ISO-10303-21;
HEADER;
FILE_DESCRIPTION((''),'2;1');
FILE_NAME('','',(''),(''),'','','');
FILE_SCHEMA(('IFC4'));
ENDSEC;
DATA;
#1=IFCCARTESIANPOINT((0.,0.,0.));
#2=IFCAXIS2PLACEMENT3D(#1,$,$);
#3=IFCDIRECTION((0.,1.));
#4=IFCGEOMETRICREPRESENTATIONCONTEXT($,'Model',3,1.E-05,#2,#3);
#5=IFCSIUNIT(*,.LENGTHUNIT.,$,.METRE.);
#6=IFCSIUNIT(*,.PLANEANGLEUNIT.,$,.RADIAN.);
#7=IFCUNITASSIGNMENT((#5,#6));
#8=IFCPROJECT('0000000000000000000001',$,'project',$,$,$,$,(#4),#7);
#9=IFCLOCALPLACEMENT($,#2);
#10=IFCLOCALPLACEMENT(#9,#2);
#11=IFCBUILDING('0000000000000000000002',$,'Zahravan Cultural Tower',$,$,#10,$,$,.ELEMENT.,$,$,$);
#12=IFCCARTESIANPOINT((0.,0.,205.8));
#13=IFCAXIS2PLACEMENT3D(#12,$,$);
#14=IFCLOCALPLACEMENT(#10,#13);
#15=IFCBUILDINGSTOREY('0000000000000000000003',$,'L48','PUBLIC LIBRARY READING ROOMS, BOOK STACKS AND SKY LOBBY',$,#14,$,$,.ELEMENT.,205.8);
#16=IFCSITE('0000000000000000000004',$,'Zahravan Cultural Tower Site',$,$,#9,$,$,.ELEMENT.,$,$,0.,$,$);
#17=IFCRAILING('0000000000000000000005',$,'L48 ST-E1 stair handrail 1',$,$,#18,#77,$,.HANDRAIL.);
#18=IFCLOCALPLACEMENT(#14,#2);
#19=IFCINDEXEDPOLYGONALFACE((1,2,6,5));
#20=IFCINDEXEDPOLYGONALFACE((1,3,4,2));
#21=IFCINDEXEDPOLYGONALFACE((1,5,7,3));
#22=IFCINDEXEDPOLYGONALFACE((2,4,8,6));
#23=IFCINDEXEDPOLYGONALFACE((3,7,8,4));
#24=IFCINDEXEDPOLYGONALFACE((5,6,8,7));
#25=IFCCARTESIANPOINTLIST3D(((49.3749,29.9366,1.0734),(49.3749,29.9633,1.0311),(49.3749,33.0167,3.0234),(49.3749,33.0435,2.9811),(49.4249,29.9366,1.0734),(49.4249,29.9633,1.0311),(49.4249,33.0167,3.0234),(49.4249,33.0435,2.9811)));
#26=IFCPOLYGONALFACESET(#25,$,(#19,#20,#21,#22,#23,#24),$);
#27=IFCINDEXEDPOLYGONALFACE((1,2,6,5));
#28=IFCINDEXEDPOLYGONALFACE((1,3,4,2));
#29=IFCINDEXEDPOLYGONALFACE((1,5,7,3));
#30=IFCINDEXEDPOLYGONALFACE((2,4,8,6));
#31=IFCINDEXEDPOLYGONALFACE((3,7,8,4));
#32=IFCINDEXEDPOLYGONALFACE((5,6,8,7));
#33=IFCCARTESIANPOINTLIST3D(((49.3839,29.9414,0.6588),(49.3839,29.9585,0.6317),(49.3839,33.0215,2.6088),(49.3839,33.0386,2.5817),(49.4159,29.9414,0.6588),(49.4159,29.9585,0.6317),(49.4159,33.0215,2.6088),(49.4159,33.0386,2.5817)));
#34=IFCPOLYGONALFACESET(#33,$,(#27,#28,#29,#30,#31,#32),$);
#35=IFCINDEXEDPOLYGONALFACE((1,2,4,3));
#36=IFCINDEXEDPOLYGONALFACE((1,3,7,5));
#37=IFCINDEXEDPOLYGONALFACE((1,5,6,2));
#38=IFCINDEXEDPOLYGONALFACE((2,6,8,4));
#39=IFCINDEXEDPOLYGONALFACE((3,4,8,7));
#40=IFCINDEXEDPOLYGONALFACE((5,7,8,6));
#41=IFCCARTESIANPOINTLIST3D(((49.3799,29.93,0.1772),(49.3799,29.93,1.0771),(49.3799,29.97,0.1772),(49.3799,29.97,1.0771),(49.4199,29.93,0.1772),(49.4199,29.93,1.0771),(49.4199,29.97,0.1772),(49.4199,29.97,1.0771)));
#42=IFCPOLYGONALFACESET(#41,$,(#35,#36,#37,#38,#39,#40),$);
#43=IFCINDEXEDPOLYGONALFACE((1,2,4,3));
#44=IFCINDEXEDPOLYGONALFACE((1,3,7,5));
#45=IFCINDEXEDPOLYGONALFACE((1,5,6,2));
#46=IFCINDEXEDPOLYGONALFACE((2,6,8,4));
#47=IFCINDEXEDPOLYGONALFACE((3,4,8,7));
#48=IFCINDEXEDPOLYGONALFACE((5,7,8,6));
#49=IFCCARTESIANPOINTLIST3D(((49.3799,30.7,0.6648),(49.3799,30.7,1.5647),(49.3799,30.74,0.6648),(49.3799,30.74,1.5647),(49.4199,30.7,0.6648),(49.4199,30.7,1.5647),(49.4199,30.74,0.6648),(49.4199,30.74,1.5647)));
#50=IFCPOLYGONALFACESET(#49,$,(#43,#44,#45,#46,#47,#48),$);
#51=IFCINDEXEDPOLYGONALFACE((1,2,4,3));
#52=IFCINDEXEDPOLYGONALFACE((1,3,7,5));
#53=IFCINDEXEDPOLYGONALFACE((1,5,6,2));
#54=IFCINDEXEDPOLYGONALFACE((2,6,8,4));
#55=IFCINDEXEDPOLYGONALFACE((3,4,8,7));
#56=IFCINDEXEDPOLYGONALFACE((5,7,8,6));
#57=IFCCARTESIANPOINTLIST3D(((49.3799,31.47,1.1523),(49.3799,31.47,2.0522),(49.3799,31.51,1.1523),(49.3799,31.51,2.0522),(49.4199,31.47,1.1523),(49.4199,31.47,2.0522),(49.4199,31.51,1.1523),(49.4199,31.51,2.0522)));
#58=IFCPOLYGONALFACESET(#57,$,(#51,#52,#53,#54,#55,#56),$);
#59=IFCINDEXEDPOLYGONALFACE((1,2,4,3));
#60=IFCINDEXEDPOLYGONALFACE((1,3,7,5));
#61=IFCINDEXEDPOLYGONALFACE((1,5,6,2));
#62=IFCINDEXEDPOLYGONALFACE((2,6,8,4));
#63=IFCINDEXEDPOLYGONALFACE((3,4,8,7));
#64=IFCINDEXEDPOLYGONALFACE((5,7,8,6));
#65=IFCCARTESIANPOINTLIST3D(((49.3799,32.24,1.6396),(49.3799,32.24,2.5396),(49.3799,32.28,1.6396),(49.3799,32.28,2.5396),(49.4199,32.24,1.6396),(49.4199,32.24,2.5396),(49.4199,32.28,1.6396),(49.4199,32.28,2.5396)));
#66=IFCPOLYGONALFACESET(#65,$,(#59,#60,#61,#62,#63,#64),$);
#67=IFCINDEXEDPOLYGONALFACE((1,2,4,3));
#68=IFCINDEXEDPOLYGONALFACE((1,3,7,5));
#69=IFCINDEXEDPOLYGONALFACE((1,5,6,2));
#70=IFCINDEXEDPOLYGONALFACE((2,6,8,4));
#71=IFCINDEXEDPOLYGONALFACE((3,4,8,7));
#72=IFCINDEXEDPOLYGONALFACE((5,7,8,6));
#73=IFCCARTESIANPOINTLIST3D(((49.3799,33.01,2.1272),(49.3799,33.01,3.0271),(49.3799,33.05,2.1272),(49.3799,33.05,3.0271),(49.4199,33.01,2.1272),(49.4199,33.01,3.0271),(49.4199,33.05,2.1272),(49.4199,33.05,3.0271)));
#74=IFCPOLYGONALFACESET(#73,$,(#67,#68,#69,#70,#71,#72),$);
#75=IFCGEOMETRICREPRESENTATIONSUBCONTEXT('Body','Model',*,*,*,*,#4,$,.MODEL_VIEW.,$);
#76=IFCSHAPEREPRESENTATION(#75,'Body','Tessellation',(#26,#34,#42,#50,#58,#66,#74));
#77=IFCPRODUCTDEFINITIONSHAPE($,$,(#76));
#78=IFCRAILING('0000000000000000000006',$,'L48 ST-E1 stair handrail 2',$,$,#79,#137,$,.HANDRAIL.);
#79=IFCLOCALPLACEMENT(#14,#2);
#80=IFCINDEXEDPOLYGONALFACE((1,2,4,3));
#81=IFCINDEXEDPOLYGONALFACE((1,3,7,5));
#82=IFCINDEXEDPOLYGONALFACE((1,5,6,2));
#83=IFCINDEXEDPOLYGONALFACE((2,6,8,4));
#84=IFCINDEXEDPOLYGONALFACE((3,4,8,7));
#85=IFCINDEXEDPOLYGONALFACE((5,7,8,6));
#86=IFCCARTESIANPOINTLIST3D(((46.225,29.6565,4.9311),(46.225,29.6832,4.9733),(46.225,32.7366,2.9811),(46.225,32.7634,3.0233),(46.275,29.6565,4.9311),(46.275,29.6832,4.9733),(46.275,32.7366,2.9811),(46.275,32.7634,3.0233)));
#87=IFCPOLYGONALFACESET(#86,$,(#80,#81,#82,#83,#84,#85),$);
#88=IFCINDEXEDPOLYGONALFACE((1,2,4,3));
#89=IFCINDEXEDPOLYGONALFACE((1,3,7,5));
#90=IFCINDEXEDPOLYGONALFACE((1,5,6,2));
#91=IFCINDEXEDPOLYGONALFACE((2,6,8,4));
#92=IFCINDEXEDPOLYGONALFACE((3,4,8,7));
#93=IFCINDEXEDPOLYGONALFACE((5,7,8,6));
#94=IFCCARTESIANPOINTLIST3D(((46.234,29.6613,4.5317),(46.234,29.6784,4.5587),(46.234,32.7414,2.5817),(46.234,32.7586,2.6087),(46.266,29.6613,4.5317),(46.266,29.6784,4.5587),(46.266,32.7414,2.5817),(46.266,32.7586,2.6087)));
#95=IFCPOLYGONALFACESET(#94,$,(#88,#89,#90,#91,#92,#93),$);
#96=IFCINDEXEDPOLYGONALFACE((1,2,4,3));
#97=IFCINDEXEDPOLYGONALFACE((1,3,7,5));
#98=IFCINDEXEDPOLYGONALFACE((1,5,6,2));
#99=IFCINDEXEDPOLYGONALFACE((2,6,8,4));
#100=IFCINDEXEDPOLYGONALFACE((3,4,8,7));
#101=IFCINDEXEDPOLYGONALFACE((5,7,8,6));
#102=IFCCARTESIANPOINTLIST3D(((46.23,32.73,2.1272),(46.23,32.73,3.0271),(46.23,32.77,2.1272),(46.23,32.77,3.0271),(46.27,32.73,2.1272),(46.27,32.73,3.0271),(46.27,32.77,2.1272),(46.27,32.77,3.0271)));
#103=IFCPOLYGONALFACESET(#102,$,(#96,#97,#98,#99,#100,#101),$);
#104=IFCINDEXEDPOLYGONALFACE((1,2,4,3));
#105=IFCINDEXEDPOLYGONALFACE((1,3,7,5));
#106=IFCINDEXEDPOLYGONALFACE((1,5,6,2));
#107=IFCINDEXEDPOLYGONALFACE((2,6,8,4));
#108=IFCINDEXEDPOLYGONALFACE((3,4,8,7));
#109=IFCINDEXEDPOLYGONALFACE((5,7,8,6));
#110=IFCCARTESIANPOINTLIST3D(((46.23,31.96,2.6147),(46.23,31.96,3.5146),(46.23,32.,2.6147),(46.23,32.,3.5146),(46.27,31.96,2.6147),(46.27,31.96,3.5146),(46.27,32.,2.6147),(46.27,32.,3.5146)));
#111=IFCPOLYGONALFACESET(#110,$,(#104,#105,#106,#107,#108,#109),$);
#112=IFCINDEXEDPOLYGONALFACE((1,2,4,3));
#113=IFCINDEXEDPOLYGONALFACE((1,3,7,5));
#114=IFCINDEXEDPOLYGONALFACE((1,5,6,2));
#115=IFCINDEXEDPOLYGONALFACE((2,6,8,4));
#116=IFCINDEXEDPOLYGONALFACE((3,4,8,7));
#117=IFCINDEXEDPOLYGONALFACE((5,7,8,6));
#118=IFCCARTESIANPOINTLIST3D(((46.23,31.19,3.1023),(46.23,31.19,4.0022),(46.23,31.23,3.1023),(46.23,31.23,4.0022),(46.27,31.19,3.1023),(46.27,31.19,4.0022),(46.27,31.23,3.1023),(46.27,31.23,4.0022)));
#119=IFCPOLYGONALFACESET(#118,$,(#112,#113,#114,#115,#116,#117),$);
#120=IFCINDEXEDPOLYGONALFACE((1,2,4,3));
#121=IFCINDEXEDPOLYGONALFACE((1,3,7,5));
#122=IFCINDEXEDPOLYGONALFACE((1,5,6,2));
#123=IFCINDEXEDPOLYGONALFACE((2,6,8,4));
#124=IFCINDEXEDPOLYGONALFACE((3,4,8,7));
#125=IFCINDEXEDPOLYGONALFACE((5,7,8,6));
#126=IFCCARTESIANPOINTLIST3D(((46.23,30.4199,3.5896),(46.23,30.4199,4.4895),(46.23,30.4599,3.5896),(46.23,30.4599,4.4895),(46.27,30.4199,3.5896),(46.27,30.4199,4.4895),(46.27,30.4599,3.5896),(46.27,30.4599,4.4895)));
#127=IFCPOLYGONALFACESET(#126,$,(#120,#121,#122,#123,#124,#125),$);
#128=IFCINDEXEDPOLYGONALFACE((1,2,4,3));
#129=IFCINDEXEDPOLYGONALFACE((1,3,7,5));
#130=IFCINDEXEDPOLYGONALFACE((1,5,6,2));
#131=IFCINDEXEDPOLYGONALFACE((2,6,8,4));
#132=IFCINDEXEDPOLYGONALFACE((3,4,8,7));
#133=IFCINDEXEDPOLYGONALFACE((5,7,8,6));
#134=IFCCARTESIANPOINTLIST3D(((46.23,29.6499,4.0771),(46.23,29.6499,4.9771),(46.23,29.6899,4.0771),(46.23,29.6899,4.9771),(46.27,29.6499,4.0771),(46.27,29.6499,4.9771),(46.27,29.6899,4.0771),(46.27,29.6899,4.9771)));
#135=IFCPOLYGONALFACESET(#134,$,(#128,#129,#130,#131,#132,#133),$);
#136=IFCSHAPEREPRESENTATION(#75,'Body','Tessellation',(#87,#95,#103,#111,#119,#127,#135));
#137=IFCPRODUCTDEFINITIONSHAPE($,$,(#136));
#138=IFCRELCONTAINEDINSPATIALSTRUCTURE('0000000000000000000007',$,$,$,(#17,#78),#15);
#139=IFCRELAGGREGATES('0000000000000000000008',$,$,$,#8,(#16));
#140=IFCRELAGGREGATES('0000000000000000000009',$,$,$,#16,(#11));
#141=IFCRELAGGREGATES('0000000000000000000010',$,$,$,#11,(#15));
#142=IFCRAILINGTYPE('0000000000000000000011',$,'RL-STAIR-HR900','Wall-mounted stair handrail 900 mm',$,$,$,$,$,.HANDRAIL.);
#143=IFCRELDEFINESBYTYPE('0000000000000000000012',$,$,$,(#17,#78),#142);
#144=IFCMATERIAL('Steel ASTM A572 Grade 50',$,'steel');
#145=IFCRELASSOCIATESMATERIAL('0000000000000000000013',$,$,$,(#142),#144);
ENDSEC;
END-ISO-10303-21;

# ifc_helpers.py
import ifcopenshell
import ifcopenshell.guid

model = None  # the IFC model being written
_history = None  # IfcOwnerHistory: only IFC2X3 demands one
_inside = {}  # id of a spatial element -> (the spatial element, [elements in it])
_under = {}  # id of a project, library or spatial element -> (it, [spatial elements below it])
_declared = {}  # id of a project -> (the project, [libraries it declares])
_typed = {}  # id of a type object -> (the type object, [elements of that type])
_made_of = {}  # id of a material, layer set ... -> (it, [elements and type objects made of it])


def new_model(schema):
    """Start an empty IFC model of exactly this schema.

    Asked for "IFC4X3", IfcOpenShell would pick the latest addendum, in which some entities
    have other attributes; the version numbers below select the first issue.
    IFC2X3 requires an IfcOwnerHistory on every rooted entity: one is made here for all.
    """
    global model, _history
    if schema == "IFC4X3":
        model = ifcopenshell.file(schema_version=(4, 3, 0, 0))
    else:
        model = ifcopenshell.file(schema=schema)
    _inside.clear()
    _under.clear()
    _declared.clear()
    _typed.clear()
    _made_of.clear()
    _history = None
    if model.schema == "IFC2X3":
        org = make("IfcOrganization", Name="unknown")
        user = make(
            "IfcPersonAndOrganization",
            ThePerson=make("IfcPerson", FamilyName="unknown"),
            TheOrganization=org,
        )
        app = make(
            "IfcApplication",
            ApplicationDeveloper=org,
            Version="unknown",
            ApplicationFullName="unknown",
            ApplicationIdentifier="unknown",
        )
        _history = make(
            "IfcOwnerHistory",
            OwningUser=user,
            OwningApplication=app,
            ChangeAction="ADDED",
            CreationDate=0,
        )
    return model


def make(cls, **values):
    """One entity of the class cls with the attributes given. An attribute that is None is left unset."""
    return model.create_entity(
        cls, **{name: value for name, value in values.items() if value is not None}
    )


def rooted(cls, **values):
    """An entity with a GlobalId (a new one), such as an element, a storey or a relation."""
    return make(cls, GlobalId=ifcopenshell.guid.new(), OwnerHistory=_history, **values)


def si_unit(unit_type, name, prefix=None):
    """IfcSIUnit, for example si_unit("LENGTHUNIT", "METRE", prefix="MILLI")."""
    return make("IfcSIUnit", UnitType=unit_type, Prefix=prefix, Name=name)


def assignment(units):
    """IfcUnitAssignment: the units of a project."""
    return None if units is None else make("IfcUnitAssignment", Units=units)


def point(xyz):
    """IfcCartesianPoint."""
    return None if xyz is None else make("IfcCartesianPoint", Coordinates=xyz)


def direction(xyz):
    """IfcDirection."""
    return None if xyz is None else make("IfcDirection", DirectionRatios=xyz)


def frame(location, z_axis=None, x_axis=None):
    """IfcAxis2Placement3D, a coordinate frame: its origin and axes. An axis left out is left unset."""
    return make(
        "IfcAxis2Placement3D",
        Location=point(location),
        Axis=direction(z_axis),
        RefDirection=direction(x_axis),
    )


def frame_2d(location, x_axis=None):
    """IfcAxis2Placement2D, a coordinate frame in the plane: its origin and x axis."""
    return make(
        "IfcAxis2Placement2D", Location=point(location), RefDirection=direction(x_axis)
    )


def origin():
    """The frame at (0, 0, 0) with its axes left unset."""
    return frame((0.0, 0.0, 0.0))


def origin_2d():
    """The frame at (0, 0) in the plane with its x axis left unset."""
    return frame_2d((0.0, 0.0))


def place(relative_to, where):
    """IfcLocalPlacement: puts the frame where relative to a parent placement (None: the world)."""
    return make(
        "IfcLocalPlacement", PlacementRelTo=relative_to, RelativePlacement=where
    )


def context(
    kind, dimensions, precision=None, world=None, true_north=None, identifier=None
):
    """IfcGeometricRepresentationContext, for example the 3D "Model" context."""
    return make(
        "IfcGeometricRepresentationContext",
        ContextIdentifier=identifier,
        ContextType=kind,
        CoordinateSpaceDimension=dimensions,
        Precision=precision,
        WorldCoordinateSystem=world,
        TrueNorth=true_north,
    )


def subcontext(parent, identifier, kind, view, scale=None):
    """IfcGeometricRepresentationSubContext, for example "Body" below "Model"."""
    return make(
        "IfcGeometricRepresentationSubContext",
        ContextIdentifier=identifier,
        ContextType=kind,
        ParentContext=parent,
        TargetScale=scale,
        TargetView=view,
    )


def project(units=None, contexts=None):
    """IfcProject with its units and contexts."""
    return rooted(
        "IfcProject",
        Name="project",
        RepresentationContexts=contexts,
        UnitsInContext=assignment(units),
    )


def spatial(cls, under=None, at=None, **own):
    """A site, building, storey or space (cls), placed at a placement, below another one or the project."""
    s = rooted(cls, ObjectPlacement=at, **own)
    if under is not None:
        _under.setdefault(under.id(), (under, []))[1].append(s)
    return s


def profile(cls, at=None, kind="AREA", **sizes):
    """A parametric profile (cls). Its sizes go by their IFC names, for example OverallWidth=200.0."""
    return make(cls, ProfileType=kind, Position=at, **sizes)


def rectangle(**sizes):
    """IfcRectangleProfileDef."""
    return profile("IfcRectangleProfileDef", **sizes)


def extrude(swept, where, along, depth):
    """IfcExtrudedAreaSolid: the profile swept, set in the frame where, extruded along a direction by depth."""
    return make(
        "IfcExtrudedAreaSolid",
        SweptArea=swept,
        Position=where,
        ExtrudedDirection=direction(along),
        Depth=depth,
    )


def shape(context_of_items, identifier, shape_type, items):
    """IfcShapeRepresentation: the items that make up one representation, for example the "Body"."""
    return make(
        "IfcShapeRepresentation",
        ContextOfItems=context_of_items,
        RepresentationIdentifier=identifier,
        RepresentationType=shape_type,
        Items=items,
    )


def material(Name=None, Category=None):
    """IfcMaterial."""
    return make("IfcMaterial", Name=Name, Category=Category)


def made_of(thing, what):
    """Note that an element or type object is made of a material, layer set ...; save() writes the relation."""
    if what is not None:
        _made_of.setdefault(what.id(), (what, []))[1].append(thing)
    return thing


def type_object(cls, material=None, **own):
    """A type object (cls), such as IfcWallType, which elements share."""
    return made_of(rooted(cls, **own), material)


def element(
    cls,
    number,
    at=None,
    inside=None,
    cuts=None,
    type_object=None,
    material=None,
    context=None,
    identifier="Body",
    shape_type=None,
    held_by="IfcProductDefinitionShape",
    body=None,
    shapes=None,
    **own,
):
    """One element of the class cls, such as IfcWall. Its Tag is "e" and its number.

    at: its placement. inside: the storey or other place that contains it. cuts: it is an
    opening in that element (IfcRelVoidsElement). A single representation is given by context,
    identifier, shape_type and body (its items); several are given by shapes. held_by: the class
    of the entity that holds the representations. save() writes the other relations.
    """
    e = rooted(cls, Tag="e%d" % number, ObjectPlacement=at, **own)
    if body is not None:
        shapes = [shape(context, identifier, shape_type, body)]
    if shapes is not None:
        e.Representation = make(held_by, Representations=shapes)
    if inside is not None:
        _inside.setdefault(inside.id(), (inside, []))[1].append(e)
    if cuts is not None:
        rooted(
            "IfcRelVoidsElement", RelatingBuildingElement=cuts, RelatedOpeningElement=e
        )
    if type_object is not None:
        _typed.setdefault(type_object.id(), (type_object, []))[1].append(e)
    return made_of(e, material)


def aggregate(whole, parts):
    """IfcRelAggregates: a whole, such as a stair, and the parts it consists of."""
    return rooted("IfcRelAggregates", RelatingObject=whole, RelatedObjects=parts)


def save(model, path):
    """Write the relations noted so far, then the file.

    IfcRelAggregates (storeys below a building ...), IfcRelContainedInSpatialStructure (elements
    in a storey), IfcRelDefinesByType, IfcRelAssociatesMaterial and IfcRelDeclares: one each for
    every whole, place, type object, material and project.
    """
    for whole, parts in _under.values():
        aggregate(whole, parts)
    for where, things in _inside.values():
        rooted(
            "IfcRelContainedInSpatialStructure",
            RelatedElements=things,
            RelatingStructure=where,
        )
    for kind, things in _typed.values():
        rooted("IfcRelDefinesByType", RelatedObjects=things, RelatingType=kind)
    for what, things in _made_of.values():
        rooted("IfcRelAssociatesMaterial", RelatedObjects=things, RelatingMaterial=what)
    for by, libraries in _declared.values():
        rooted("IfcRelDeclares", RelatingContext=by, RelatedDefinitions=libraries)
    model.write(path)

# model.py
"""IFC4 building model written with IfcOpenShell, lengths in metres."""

from ifc_helpers import new_model, si_unit, direction, frame, origin, origin_2d, place, context, subcontext, project, spatial, rectangle, extrude, material, type_object, element, save


model = new_model("IFC4")

# Units and contexts
model_context = context("Model", 3, precision=1e-05, world=origin(), true_north=direction((0.0, 1.0)))
body_context = subcontext(model_context, "Body", "Model", "MODEL_VIEW")
ifc_project = project(units=[si_unit("LENGTHUNIT", "METRE"), si_unit("PLANEANGLEUNIT", "RADIAN")], contexts=[model_context])

# Site, building, storey
site_placement = place(None, origin())
site = spatial("IfcSite", under=ifc_project, at=site_placement, Name="Zahravan Cultural Tower Site", CompositionType="ELEMENT", RefElevation=0.0)
building_placement = place(site_placement, origin())
building = spatial("IfcBuilding", under=site, at=building_placement, Name="Zahravan Cultural Tower", CompositionType="ELEMENT")
storey_placement = place(building_placement, frame((0.0, 0.0, 205.8)))
storey = spatial("IfcBuildingStorey", under=building, at=storey_placement, Name="L48", Description="PUBLIC LIBRARY READING ROOMS, BOOK STACKS AND SKY LOBBY", CompositionType="ELEMENT", Elevation=205.8)

# Railings
ifc_material_1 = material(Name="Steel ASTM A572 Grade 50", Category="steel")
railing_type_1 = type_object("IfcRailingType", Name="RL-STAIR-HR900", Description="Wall-mounted stair handrail 900 mm", PredefinedType="HANDRAIL", material=ifc_material_1)
railing_1_placement = place(storey_placement, frame((49.3999, 29.95, 0.1772)))
element("IfcRailing", 1, at=railing_1_placement, inside=storey, type_object=railing_type_1, Name="L48 ST-E1 stair handrail 1", PredefinedType="HANDRAIL", context=body_context, shape_type="SweptSolid", body=[
    extrude(rectangle(XDim=0.05, YDim=0.05, at=origin_2d()), frame((0.0, 0.0, 0.875), z_axis=(0.0, 0.844914, 0.534902), x_axis=(-1.0, 0.0, 0.0)), (0.0, 0.0, 1.0), 3.6455),
    extrude(rectangle(XDim=0.032, YDim=0.032, at=origin_2d()), frame((0.0, 0.0, 0.468), z_axis=(0.0, 0.844914, 0.534902), x_axis=(-1.0, 0.0, 0.0)), (0.0, 0.0, 1.0), 3.6455),
    extrude(rectangle(XDim=0.04, YDim=0.04, at=origin_2d()), origin(), (0.0, 0.0, 1.0), 0.8999),
    extrude(rectangle(XDim=0.04, YDim=0.04, at=origin_2d()), frame((0.0, 0.77, 0.4875)), (0.0, 0.0, 1.0), 0.8999),
    extrude(rectangle(XDim=0.04, YDim=0.04, at=origin_2d()), frame((0.0, 1.54, 0.9751)), (0.0, 0.0, 1.0), 0.8999),
    extrude(rectangle(XDim=0.04, YDim=0.04, at=origin_2d()), frame((0.0, 2.3101, 1.4624)), (0.0, 0.0, 1.0), 0.8999),
    extrude(rectangle(XDim=0.04, YDim=0.04, at=origin_2d()), frame((0.0, 3.0801, 1.95)), (0.0, 0.0, 1.0), 0.8999),
])
railing_2_placement = place(storey_placement, frame((46.25, 32.75, 2.1272)))
element("IfcRailing", 2, at=railing_2_placement, inside=storey, type_object=railing_type_1, Name="L48 ST-E1 stair handrail 2", PredefinedType="HANDRAIL", context=body_context, shape_type="SweptSolid", body=[
    extrude(rectangle(XDim=0.05, YDim=0.05, at=origin_2d()), frame((0.0, 0.0, 0.875), z_axis=(0.0, -0.844914, 0.534902), x_axis=(1.0, 0.0, 0.0)), (0.0, 0.0, 1.0), 3.6455),
    extrude(rectangle(XDim=0.032, YDim=0.032, at=origin_2d()), frame((0.0, 0.0, 0.468), z_axis=(0.0, -0.844914, 0.534902), x_axis=(1.0, 0.0, 0.0)), (0.0, 0.0, 1.0), 3.6455),
    extrude(rectangle(XDim=0.04, YDim=0.04, at=origin_2d()), origin(), (0.0, 0.0, 1.0), 0.8999),
    extrude(rectangle(XDim=0.04, YDim=0.04, at=origin_2d()), frame((0.0, -0.77, 0.4875)), (0.0, 0.0, 1.0), 0.8999),
    extrude(rectangle(XDim=0.04, YDim=0.04, at=origin_2d()), frame((0.0, -1.54, 0.9751)), (0.0, 0.0, 1.0), 0.8999),
    extrude(rectangle(XDim=0.04, YDim=0.04, at=origin_2d()), frame((0.0, -2.3101, 1.4624)), (0.0, 0.0, 1.0), 0.8999),
    extrude(rectangle(XDim=0.04, YDim=0.04, at=origin_2d()), frame((0.0, -3.0801, 1.95)), (0.0, 0.0, 1.0), 0.8999),
])

save(model, "model.ifc")
